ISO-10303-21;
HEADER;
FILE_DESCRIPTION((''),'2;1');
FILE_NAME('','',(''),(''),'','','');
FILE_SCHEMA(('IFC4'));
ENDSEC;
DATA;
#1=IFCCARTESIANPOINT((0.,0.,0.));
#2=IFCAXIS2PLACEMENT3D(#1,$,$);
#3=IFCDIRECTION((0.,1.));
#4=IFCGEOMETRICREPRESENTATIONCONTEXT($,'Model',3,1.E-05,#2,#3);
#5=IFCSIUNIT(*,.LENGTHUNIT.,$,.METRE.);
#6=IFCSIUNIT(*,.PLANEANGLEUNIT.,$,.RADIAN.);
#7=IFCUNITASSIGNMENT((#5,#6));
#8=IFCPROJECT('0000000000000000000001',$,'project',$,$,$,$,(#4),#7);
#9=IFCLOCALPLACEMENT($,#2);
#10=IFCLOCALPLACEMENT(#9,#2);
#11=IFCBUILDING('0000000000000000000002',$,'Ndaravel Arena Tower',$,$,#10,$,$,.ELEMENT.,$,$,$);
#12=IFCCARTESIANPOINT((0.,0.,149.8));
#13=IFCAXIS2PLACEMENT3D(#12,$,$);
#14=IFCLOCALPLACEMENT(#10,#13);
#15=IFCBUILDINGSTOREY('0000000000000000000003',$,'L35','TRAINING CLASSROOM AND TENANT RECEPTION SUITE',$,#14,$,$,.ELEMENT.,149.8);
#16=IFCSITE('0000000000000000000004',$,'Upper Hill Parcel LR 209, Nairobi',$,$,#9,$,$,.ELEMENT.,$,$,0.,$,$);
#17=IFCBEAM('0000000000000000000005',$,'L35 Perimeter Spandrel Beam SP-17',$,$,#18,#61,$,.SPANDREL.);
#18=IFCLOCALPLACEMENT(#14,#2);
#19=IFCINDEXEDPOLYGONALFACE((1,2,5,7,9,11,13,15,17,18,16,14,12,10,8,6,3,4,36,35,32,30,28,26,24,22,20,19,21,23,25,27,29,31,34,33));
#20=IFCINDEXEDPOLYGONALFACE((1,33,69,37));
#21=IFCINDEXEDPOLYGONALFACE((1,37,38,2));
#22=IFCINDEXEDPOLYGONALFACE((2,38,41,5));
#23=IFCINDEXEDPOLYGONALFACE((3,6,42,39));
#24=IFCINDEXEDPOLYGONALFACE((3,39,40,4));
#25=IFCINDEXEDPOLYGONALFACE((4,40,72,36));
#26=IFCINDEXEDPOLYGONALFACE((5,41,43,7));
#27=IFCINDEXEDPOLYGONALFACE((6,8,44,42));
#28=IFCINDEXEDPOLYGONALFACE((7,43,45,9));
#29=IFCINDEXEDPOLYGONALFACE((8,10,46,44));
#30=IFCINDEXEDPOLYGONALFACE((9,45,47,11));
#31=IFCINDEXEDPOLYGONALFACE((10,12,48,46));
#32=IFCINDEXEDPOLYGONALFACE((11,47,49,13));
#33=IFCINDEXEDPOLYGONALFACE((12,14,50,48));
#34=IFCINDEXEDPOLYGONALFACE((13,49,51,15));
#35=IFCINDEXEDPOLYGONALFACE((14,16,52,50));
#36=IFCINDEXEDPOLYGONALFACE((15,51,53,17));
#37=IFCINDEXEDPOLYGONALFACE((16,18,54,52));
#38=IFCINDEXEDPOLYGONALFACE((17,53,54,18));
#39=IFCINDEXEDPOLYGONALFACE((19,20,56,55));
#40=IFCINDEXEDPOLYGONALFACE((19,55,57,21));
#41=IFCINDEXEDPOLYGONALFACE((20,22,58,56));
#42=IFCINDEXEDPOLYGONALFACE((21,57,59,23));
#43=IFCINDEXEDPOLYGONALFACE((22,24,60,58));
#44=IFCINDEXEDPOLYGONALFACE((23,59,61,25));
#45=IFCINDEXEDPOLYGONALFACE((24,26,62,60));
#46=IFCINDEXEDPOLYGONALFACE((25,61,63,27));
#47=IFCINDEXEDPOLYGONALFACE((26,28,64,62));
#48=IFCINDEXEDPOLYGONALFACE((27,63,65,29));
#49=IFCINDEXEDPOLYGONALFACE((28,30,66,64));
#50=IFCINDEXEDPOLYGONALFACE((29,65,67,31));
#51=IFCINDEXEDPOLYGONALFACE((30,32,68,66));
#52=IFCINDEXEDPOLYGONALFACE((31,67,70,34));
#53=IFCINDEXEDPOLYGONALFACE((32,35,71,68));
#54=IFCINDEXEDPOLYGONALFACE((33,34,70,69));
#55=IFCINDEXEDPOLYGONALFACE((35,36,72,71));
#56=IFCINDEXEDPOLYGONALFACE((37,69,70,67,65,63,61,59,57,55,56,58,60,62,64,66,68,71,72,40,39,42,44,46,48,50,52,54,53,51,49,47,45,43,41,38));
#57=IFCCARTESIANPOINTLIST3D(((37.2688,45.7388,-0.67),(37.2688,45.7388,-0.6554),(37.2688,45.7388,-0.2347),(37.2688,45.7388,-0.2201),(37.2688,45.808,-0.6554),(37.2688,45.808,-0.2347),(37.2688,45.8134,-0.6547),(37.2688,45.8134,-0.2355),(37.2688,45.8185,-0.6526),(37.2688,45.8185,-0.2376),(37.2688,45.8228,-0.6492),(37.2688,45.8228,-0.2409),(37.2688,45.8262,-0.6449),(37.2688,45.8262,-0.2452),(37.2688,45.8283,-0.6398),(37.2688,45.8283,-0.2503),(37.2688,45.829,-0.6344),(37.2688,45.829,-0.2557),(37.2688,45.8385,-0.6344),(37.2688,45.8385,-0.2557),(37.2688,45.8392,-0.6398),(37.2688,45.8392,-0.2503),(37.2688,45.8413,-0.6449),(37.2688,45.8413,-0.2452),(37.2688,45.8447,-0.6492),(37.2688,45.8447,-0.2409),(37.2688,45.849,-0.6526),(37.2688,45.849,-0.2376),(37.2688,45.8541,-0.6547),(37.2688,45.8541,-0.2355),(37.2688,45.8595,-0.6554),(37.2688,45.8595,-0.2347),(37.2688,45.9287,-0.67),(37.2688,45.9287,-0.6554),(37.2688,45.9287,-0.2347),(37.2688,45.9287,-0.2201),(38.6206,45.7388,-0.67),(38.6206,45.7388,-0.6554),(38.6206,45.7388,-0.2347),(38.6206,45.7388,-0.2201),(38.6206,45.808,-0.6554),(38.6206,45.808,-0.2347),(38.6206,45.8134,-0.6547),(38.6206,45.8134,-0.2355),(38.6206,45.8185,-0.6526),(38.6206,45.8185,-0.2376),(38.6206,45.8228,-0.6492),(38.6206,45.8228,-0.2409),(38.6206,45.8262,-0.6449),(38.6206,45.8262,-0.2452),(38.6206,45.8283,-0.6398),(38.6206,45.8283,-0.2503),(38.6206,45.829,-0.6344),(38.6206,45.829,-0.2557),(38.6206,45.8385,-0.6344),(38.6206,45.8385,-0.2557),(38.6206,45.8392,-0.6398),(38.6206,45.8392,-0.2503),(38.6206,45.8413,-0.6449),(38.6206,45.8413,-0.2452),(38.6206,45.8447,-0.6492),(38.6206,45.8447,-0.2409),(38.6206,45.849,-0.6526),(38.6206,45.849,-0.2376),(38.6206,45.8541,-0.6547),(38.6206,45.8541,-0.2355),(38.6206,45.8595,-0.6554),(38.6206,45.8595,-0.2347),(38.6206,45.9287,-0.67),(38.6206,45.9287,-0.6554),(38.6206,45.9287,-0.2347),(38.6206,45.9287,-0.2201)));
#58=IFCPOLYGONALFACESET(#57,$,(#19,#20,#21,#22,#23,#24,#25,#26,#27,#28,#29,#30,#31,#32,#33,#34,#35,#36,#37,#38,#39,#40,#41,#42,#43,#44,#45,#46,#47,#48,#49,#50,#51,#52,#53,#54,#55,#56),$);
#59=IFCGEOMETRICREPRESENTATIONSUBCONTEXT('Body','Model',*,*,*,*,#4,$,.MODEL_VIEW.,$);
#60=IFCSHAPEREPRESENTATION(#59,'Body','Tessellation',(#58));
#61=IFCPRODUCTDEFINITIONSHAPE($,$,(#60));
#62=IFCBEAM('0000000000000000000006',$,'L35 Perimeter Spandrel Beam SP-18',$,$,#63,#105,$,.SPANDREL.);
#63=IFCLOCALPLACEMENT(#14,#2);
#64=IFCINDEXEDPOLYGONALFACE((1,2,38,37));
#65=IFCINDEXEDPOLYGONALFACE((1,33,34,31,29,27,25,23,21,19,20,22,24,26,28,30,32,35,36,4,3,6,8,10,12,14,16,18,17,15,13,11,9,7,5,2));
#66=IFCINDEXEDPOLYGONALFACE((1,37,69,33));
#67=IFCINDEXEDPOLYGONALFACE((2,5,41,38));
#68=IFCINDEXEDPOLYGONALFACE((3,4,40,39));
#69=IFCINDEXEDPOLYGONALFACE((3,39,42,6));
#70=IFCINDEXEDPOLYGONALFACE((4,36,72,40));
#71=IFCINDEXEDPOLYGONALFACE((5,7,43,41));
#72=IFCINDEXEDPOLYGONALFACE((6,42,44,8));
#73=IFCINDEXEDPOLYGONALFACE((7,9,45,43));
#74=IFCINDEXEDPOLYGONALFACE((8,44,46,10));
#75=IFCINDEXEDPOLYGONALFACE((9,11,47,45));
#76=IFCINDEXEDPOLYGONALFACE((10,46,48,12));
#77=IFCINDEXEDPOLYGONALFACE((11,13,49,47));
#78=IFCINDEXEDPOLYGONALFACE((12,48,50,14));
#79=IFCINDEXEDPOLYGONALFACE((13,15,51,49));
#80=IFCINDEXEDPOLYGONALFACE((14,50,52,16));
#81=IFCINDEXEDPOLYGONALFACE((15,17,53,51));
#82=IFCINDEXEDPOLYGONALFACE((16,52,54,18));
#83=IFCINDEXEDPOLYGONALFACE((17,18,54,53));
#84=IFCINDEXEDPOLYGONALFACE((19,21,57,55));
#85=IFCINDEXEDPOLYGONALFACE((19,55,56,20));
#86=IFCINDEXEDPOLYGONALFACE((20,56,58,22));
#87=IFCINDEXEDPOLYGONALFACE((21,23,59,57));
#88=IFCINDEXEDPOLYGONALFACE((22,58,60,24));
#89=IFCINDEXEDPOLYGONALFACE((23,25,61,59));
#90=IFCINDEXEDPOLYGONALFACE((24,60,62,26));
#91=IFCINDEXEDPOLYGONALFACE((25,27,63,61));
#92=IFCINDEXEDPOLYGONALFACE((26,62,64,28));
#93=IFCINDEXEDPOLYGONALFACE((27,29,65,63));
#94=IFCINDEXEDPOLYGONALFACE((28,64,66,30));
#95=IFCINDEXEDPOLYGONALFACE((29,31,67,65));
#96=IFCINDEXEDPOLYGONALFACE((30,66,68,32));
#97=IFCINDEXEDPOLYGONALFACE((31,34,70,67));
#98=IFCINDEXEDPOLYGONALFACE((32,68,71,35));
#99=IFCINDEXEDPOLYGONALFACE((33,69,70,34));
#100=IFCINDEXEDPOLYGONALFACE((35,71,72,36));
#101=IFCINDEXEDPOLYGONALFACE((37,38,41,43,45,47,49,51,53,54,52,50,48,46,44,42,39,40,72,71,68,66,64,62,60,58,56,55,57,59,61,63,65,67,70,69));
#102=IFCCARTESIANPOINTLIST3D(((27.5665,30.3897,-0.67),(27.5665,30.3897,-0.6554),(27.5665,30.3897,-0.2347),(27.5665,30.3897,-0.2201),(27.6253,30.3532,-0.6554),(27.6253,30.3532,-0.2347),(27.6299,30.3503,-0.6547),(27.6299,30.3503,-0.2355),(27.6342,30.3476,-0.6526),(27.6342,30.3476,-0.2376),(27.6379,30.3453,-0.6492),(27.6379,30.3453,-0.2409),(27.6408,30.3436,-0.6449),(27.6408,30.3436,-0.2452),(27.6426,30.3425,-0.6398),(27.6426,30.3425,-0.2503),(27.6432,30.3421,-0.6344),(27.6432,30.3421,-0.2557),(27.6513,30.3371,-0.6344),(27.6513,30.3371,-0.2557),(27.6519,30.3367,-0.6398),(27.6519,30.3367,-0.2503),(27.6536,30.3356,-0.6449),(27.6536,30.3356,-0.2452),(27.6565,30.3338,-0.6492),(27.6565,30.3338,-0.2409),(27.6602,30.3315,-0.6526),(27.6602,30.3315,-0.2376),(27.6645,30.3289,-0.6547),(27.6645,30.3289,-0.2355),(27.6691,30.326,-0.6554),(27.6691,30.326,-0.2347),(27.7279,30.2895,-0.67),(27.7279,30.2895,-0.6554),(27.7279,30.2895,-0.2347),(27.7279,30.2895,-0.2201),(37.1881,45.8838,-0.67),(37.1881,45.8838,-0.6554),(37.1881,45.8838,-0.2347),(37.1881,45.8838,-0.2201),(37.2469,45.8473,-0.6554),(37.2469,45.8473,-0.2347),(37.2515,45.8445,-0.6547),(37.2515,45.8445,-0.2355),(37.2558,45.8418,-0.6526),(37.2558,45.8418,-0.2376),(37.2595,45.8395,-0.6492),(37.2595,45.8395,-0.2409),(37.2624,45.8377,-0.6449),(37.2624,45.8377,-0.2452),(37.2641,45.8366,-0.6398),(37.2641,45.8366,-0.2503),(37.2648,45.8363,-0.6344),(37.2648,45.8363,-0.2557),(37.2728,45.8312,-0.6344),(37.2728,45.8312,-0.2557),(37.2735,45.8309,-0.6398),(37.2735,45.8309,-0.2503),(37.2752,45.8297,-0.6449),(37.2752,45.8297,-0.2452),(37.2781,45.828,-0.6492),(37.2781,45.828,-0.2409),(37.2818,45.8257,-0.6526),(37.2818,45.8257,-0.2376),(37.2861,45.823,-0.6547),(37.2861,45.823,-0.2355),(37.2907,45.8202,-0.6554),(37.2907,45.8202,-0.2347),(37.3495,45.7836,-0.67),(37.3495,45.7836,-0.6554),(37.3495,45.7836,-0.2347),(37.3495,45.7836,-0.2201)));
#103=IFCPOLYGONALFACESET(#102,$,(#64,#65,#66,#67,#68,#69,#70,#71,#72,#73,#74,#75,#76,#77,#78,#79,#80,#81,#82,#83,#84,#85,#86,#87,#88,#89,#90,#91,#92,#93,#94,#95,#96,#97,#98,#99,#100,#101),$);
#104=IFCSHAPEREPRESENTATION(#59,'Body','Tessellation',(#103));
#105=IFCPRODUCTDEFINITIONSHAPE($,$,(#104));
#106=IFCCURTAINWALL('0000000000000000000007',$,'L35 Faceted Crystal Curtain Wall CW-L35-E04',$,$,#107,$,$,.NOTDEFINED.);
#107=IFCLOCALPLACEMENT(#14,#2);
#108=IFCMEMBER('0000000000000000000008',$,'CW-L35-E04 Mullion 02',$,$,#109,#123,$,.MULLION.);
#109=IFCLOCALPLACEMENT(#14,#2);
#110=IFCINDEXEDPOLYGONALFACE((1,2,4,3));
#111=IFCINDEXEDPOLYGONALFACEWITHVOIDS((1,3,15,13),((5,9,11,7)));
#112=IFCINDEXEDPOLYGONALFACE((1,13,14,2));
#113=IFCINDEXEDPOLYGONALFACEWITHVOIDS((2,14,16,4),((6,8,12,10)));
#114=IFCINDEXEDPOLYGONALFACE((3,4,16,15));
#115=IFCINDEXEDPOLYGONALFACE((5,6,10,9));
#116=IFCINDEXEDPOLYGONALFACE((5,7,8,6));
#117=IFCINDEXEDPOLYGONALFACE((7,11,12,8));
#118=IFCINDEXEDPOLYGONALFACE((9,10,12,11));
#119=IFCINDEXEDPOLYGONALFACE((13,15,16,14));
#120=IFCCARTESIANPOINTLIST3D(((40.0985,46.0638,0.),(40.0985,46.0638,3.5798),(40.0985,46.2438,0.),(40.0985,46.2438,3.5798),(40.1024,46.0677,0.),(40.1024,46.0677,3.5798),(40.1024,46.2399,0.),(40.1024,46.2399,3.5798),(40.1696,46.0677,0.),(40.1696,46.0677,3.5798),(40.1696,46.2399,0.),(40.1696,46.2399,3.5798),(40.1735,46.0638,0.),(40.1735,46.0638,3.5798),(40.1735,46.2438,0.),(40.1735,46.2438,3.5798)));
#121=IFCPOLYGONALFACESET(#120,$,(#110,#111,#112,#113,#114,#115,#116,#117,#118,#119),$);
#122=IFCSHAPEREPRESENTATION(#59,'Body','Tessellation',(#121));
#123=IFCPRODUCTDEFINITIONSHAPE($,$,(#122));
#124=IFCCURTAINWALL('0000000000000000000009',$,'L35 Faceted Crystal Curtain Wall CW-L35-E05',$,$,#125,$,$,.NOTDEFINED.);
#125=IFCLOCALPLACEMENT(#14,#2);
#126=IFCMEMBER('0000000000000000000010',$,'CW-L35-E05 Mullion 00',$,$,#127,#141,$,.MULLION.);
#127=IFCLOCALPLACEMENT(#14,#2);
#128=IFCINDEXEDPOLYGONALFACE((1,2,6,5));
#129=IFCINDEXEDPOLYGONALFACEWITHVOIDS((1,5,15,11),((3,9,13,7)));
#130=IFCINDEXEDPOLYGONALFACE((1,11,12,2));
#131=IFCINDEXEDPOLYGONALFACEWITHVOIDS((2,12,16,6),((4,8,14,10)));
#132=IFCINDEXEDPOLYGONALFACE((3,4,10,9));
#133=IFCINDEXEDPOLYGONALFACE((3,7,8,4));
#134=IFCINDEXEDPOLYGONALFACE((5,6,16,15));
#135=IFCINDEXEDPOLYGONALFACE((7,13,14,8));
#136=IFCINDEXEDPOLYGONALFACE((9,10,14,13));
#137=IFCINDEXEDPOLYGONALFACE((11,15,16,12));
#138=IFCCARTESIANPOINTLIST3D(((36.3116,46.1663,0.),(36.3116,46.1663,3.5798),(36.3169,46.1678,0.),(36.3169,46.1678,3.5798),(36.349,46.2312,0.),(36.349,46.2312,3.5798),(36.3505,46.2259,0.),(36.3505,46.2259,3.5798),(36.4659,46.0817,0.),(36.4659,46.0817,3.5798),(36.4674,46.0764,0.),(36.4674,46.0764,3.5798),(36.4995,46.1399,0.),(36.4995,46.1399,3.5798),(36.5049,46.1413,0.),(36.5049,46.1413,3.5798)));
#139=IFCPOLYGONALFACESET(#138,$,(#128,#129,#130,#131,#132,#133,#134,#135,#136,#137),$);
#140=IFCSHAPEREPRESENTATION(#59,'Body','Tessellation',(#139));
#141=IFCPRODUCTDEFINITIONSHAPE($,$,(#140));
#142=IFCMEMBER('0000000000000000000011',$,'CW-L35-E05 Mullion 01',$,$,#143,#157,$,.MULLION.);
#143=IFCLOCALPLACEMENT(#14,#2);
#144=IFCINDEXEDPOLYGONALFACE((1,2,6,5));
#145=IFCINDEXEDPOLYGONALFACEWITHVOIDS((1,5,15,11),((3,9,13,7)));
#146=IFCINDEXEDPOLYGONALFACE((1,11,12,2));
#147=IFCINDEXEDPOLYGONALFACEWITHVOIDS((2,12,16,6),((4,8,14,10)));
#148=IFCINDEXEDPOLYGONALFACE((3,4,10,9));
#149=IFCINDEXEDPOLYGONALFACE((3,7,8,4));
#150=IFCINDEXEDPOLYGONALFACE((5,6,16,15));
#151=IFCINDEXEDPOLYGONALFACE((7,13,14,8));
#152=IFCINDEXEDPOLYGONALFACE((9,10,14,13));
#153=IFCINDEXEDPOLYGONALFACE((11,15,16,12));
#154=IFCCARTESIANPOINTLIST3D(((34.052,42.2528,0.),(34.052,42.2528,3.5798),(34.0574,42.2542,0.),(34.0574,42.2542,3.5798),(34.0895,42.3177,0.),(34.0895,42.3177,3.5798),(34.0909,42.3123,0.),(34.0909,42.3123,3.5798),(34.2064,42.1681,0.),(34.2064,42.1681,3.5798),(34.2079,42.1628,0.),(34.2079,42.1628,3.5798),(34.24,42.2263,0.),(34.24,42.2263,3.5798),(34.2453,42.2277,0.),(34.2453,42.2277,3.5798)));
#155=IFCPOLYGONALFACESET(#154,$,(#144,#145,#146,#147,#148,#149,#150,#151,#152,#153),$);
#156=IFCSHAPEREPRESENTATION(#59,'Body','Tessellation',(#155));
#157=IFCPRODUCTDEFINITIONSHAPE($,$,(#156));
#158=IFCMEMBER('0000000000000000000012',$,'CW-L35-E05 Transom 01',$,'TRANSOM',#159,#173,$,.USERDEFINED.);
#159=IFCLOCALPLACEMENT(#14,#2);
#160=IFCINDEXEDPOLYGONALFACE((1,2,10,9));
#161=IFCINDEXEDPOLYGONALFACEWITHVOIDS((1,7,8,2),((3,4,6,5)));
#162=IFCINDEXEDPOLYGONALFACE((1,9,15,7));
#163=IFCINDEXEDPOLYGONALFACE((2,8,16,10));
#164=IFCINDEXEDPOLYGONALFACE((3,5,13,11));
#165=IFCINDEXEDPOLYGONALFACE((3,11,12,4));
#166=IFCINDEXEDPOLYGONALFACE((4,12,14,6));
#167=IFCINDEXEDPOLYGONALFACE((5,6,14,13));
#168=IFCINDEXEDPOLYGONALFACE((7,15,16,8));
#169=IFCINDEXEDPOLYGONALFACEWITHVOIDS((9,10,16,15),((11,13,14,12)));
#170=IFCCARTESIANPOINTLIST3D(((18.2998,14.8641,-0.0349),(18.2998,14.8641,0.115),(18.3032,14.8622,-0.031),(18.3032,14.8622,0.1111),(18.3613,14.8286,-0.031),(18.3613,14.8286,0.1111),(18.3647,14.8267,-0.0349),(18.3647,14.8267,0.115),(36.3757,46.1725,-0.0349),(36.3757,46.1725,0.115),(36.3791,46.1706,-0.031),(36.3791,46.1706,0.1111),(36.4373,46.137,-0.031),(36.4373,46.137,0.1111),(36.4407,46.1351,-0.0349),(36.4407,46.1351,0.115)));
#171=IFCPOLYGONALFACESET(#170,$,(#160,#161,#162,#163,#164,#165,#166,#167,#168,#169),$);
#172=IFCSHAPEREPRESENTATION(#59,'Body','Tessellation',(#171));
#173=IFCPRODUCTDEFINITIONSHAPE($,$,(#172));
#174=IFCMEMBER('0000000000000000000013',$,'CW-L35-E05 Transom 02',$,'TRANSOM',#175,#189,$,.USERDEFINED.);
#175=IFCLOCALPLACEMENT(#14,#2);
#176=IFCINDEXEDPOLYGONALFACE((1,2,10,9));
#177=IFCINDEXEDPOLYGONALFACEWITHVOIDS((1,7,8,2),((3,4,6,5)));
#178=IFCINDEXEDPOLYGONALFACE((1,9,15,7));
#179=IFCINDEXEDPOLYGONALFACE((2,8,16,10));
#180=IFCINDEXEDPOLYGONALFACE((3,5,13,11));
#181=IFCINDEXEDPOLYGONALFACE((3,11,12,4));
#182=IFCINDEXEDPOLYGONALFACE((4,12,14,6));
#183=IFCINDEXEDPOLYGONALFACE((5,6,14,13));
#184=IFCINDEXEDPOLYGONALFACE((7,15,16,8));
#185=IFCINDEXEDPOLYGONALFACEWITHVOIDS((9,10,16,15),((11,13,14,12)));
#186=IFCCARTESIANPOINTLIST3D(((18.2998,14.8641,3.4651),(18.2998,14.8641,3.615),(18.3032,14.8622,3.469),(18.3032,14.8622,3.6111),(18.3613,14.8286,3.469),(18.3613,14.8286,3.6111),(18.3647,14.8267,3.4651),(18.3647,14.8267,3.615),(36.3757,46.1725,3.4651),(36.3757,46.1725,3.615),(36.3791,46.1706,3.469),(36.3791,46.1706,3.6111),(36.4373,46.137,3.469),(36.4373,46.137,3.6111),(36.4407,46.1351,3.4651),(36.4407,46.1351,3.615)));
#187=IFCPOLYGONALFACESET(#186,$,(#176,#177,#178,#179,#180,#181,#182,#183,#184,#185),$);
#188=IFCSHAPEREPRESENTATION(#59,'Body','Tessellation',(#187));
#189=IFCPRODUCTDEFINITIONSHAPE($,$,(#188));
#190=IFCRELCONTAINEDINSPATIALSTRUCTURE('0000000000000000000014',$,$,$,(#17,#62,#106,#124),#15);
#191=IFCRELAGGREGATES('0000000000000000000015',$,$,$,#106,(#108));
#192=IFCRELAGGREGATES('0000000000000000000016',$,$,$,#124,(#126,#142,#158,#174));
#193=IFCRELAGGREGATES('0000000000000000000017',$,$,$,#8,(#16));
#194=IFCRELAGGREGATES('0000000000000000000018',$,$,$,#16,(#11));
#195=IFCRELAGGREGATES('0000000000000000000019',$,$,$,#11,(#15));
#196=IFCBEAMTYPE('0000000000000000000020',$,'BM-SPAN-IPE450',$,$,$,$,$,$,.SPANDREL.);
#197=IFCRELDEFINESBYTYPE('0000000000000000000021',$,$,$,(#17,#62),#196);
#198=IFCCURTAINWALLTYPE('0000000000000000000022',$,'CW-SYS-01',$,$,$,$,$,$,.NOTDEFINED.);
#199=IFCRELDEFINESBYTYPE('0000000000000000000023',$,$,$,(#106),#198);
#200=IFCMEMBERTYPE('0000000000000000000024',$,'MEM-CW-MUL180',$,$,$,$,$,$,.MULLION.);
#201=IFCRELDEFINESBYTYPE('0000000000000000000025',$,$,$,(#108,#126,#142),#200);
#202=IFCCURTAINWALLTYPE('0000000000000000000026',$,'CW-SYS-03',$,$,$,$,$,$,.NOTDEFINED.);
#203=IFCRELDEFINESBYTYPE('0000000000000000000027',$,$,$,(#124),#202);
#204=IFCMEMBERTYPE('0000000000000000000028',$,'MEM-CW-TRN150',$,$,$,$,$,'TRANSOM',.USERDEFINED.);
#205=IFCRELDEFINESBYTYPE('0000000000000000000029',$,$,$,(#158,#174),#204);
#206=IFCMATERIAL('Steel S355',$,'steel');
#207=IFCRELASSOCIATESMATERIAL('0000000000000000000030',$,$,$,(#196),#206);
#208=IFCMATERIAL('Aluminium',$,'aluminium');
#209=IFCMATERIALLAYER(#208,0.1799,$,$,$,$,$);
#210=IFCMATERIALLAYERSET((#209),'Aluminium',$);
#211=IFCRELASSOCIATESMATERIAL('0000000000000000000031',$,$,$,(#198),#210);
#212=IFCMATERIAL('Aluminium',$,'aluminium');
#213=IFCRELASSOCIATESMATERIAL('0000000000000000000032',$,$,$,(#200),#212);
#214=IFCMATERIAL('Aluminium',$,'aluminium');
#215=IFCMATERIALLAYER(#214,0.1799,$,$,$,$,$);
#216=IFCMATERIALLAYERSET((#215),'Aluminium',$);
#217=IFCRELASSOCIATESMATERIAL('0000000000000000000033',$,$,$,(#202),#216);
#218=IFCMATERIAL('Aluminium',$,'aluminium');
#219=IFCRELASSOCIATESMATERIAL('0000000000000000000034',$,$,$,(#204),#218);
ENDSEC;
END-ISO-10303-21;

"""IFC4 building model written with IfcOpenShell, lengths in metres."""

from ifc_helpers import new_model, si_unit, direction, frame, origin, origin_2d, place, context, subcontext, project, spatial, hollow_rectangle, i_section, extrude, material, layer, layer_set, material_profile, profile_set, type_object, element, aggregate, save


model = new_model("IFC4")

# Units and contexts
model_context = context("Model", 3, precision=1e-05, world=origin(), true_north=direction((0.0, 1.0)))
body_context = subcontext(model_context, "Body", "Model", "MODEL_VIEW")
ifc_project = project(units=[si_unit("LENGTHUNIT", "METRE"), si_unit("PLANEANGLEUNIT", "RADIAN")], contexts=[model_context])

# Site, building, storey
site_placement = place(None, origin())
site = spatial("IfcSite", under=ifc_project, at=site_placement, Name="Upper Hill Parcel LR 209, Nairobi", CompositionType="ELEMENT", RefElevation=0.0)
building_placement = place(site_placement, origin())
building = spatial("IfcBuilding", under=site, at=building_placement, Name="Ndaravel Arena Tower", CompositionType="ELEMENT")
storey_placement = place(building_placement, frame((0.0, 0.0, 149.8)))
storey = spatial("IfcBuildingStorey", under=building, at=storey_placement, Name="L35", Description="TRAINING CLASSROOM AND TENANT RECEPTION SUITE", CompositionType="ELEMENT", Elevation=149.8)

# Beams
ifc_material_1 = material(Name="Steel S355", Category="steel")
ifc_material_profile_1 = material_profile(ifc_material_1, i_section(OverallWidth=0.1899, OverallDepth=0.45, WebThickness=0.0095, FlangeThickness=0.0146, FilletRadius=0.021, at=origin_2d()), Name="IPE 450")
ifc_profile_set_1 = profile_set([ifc_material_profile_1], Name="Steel S355")
beam_type_1 = type_object("IfcBeamType", Name="BM-SPAN-IPE450", PredefinedType="SPANDREL", material=ifc_profile_set_1)
for number, where, z_axis, x_axis, name in (
    (1, (38.6206, 45.8337, -0.4451), (-1.0, 0.0, 0.0), (0.0, -1.0, 0.0), "L35 Perimeter Spandrel Beam SP-17"),
):
    element("IfcBeam", number, at=place(storey_placement, frame(where, z_axis=z_axis, x_axis=x_axis)), inside=storey, type_object=beam_type_1, Name=name, PredefinedType="SPANDREL", context=body_context, shape_type="SweptSolid", body=[
        extrude(i_section(OverallWidth=0.1899, OverallDepth=0.45, WebThickness=0.0095, FlangeThickness=0.0146, FilletRadius=0.021, at=origin_2d()), origin(), (0.0, 0.0, 1.0), 1.3518),
    ])
beam_1_placement = place(storey_placement, frame((37.2688, 45.8337, -0.4451), z_axis=(-0.527542, -0.849529, 0.0), x_axis=(0.849529, -0.527542, 0.0)))
element("IfcBeam", 2, at=beam_1_placement, inside=storey, type_object=beam_type_1, Name="L35 Perimeter Spandrel Beam SP-18", PredefinedType="SPANDREL", context=body_context, shape_type="SweptSolid", body=[
    extrude(i_section(OverallWidth=0.1899, OverallDepth=0.45, WebThickness=0.0095, FlangeThickness=0.0146, FilletRadius=0.021, at=origin_2d()), origin(), (0.0, 0.0, 1.0), 18.2385),
])

# Curtain wall, member
ifc_material_2 = material(Name="Aluminium", Category="aluminium")
ifc_layer_1 = layer(ifc_material_2, 0.1799)
ifc_layer_set_1 = layer_set([ifc_layer_1], Name="Aluminium")
curtain_wall_type_1 = type_object("IfcCurtainWallType", Name="CW-SYS-01", PredefinedType="NOTDEFINED", material=ifc_layer_set_1)
curtain_wall_1_placement = place(storey_placement, origin())
curtain_wall_1 = element("IfcCurtainWall", 3, at=curtain_wall_1_placement, inside=storey, type_object=curtain_wall_type_1, Name="L35 Faceted Crystal Curtain Wall CW-L35-E04", PredefinedType="NOTDEFINED")
ifc_material_3 = material(Name="Aluminium", Category="aluminium")
ifc_material_profile_2 = material_profile(ifc_material_3, hollow_rectangle(XDim=0.075, YDim=0.1799, WallThickness=0.0039, at=origin_2d()), Name="CW MULLION 75x180x4")
ifc_profile_set_2 = profile_set([ifc_material_profile_2], Name="Aluminium")
member_type_1 = type_object("IfcMemberType", Name="MEM-CW-MUL180", PredefinedType="MULLION", material=ifc_profile_set_2)
member_1_placement = place(storey_placement, frame((40.136, 46.1538, 0.0), z_axis=(0.0, 0.0, 1.0), x_axis=(-1.0, 0.0, 0.0)))
member_1 = element("IfcMember", 4, at=member_1_placement, type_object=member_type_1, Name="CW-L35-E04 Mullion 02", PredefinedType="MULLION", context=body_context, shape_type="SweptSolid", body=[
    extrude(hollow_rectangle(XDim=0.075, YDim=0.1799, WallThickness=0.0039, at=origin_2d()), origin(), (0.0, 0.0, 1.0), 3.5798),
])

# Curtain wall, members
ifc_material_4 = material(Name="Aluminium", Category="aluminium")
ifc_layer_2 = layer(ifc_material_4, 0.1799)
ifc_layer_set_2 = layer_set([ifc_layer_2], Name="Aluminium")
curtain_wall_type_2 = type_object("IfcCurtainWallType", Name="CW-SYS-03", PredefinedType="NOTDEFINED", material=ifc_layer_set_2)
curtain_wall_2_placement = place(storey_placement, origin())
curtain_wall_2 = element("IfcCurtainWall", 5, at=curtain_wall_2_placement, inside=storey, type_object=curtain_wall_type_2, Name="L35 Faceted Crystal Curtain Wall CW-L35-E05", PredefinedType="NOTDEFINED")
member_2_placement = place(storey_placement, frame((36.4082, 46.1538, 0.0), z_axis=(0.0, 0.0, 1.0), x_axis=(-0.5, -0.866025, 0.0)))
member_2 = element("IfcMember", 6, at=member_2_placement, type_object=member_type_1, Name="CW-L35-E05 Mullion 00", PredefinedType="MULLION", context=body_context, shape_type="SweptSolid", body=[
    extrude(hollow_rectangle(XDim=0.075, YDim=0.1799, WallThickness=0.0039, at=origin_2d()), origin(), (0.0, 0.0, 1.0), 3.5798),
])
member_3_placement = place(storey_placement, frame((34.1487, 42.2402, 0.0), z_axis=(0.0, 0.0, 1.0), x_axis=(-0.5, -0.866025, 0.0)))
member_3 = element("IfcMember", 7, at=member_3_placement, type_object=member_type_1, Name="CW-L35-E05 Mullion 01", PredefinedType="MULLION", context=body_context, shape_type="SweptSolid", body=[
    extrude(hollow_rectangle(XDim=0.075, YDim=0.1799, WallThickness=0.0039, at=origin_2d()), origin(), (0.0, 0.0, 1.0), 3.5798),
])
ifc_material_5 = material(Name="Aluminium", Category="aluminium")
ifc_material_profile_3 = material_profile(ifc_material_5, hollow_rectangle(XDim=0.075, YDim=0.1499, WallThickness=0.0039, at=origin_2d()), Name="CW TRANSOM 75x150x4")
ifc_profile_set_3 = profile_set([ifc_material_profile_3], Name="Aluminium")
member_type_2 = type_object("IfcMemberType", Name="MEM-CW-TRN150", ElementType="TRANSOM", PredefinedType="USERDEFINED", material=ifc_profile_set_3)
member_4_placement = place(storey_placement, frame((36.4082, 46.1538, 0.04), z_axis=(-0.500001, -0.866025, 0.0), x_axis=(0.866025, -0.500001, 0.0)))
member_4 = element("IfcMember", 8, at=member_4_placement, type_object=member_type_2, Name="CW-L35-E05 Transom 01", ObjectType="TRANSOM", PredefinedType="USERDEFINED", context=body_context, shape_type="SweptSolid", body=[
    extrude(hollow_rectangle(XDim=0.075, YDim=0.1499, WallThickness=0.0039, at=origin_2d()), origin(), (0.0, 0.0, 1.0), 36.1519),
])
member_5_placement = place(storey_placement, frame((36.4082, 46.1538, 3.54), z_axis=(-0.500001, -0.866025, 0.0), x_axis=(0.866025, -0.500001, 0.0)))
member_5 = element("IfcMember", 9, at=member_5_placement, type_object=member_type_2, Name="CW-L35-E05 Transom 02", ObjectType="TRANSOM", PredefinedType="USERDEFINED", context=body_context, shape_type="SweptSolid", body=[
    extrude(hollow_rectangle(XDim=0.075, YDim=0.1499, WallThickness=0.0039, at=origin_2d()), origin(), (0.0, 0.0, 1.0), 36.1519),
])

aggregate(curtain_wall_1, [member_1])
aggregate(curtain_wall_2, [member_2, member_3, member_4, member_5])

save(model, "model.ifc")
